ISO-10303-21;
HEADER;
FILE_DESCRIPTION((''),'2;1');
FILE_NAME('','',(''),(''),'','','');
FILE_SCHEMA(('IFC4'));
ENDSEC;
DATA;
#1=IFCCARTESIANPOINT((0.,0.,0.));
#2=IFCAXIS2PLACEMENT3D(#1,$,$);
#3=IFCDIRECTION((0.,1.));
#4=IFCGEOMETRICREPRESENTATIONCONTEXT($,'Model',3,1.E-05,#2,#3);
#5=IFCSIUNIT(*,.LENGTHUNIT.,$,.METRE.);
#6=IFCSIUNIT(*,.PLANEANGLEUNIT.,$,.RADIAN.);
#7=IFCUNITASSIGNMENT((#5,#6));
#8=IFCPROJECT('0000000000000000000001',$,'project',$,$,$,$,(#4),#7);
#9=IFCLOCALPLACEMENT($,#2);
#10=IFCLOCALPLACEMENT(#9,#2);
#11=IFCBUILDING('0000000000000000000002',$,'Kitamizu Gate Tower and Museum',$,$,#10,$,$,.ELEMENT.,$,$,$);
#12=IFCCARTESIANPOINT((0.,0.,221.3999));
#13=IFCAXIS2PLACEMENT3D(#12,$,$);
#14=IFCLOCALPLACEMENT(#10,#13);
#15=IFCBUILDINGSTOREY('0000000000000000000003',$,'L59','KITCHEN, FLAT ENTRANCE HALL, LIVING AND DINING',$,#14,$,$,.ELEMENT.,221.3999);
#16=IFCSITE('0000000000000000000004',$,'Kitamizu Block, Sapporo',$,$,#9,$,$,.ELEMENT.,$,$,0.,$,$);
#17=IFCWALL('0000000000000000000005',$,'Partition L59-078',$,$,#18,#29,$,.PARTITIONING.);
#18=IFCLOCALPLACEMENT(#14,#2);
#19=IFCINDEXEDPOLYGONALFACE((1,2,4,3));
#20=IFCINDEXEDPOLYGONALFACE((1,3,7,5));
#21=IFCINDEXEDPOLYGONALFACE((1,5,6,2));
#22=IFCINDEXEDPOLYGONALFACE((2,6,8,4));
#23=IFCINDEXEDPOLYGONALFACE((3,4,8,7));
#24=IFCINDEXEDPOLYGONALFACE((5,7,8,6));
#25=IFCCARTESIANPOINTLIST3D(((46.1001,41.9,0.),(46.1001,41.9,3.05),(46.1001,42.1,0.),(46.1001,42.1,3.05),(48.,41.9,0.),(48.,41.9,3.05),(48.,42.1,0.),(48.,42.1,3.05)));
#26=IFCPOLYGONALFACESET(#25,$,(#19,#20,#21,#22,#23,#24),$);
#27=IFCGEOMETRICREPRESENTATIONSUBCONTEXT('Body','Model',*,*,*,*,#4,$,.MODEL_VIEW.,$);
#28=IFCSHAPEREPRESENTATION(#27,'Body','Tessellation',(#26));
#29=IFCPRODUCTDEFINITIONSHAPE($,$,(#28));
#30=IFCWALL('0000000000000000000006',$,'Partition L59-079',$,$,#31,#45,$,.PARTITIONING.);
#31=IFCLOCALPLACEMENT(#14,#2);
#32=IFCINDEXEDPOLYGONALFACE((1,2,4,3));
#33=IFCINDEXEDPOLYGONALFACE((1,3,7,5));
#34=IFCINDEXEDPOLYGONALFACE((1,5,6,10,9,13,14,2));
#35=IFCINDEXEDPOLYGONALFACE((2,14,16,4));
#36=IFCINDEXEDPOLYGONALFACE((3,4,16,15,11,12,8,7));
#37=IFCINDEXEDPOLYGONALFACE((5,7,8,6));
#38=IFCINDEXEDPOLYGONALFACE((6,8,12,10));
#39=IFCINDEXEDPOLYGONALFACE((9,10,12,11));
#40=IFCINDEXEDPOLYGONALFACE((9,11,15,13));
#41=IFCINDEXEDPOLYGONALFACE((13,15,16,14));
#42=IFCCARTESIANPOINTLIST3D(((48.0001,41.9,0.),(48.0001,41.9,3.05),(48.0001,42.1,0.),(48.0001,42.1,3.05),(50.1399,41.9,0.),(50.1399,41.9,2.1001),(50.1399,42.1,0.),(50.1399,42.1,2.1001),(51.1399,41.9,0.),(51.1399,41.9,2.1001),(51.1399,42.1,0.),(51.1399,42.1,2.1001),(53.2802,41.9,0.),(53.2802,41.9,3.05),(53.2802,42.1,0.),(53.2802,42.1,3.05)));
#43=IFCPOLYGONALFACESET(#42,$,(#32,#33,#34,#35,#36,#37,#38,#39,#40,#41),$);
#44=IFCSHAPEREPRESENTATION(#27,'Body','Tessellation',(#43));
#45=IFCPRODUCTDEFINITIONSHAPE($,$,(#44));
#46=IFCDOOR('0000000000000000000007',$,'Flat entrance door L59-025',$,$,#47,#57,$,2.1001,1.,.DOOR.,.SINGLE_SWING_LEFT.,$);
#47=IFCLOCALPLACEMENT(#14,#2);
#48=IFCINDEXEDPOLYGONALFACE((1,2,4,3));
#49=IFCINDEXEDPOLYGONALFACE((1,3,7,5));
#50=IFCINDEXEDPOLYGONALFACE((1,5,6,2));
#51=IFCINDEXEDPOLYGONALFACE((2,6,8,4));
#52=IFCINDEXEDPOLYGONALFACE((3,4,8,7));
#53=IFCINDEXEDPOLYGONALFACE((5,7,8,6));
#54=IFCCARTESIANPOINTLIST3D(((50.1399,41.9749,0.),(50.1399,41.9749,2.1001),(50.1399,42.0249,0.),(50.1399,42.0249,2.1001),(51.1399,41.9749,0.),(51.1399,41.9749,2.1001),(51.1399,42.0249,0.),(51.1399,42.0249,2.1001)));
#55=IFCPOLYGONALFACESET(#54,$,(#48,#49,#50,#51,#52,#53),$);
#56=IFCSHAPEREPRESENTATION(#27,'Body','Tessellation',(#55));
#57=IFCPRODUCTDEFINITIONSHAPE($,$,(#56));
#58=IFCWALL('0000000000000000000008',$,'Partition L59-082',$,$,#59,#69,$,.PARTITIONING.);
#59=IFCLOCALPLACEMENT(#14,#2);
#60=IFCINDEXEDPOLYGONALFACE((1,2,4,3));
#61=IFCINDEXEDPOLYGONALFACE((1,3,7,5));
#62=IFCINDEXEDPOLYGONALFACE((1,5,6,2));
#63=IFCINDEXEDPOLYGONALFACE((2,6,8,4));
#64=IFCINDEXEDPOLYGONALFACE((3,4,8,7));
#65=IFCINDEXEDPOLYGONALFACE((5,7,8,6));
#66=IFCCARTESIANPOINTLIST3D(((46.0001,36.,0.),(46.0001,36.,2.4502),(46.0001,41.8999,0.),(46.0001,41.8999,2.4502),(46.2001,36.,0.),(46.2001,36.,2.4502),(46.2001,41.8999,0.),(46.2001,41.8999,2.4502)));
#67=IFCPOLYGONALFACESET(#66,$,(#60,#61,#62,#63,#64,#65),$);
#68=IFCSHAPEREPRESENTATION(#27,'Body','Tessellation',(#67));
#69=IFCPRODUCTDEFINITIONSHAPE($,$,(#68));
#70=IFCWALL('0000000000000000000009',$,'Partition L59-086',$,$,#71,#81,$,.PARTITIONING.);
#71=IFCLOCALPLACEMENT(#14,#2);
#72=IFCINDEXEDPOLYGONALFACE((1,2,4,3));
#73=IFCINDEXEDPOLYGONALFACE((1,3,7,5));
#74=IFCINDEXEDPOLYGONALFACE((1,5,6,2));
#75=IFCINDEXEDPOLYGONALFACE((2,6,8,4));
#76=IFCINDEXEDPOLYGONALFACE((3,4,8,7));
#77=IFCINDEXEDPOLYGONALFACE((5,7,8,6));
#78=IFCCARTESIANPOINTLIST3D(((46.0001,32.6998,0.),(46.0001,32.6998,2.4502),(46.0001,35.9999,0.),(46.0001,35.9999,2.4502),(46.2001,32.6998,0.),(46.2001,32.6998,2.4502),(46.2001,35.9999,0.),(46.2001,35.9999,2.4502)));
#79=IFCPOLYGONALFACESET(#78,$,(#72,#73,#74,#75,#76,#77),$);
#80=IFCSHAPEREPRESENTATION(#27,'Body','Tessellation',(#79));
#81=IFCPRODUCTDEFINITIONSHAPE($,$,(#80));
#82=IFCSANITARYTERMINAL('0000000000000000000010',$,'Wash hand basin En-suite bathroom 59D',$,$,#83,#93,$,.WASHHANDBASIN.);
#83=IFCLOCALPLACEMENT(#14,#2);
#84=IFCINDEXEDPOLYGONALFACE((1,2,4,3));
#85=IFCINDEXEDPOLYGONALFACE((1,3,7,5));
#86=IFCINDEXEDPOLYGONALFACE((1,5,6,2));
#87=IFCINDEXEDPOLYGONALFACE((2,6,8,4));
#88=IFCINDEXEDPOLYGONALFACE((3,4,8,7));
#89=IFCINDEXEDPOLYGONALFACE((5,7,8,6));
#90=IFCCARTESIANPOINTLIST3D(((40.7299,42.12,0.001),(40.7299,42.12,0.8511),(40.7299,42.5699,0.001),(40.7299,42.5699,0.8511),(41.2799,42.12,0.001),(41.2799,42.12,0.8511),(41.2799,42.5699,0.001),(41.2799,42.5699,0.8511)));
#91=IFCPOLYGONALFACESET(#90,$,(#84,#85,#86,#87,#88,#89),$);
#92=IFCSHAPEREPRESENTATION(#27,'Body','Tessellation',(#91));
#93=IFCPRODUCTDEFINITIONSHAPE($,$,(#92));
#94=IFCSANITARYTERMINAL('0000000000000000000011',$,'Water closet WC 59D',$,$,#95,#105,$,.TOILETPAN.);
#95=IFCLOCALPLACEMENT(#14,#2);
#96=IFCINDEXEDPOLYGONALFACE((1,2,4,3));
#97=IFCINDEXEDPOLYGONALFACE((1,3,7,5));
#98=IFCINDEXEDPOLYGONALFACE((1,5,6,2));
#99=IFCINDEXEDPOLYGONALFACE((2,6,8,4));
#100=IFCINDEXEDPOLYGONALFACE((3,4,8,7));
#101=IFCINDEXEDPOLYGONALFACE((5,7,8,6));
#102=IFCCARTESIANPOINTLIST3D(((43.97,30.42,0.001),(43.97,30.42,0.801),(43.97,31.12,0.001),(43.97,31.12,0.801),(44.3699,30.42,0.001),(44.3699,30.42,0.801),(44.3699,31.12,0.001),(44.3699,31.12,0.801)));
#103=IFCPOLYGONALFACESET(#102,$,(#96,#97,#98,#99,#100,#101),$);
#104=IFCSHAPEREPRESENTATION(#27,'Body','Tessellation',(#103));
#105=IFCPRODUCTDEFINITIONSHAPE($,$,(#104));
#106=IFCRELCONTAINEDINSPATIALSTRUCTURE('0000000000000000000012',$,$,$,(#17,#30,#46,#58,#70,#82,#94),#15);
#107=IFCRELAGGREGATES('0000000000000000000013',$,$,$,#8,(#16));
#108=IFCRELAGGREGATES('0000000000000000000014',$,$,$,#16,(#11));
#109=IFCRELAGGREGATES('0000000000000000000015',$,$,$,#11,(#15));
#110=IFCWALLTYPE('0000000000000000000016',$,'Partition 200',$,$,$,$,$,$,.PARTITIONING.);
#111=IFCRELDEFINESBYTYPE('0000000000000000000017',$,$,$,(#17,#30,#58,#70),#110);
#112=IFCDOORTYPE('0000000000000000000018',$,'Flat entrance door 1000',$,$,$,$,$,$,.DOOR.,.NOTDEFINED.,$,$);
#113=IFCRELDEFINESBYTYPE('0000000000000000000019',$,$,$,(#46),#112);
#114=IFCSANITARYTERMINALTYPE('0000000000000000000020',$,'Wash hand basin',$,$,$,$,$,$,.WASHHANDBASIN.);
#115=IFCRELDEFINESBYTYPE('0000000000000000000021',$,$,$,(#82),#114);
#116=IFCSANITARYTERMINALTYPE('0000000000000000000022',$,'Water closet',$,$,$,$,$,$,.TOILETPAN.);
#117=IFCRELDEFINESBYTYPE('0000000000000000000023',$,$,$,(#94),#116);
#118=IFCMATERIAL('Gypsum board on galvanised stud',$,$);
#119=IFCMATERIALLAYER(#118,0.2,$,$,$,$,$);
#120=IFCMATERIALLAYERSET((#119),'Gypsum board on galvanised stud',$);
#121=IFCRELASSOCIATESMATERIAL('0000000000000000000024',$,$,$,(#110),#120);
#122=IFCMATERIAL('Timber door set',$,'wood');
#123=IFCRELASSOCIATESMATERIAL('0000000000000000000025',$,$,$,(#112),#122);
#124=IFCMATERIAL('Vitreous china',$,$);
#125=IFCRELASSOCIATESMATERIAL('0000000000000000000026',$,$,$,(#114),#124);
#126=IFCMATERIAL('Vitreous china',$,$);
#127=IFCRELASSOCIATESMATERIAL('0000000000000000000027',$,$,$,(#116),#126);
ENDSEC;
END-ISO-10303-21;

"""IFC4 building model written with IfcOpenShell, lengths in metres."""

from ifc_helpers import new_model, si_unit, direction, frame, frame_2d, origin, origin_2d, place, context, subcontext, project, spatial, rectangle, extrude, material, layer, layer_set, type_object, element, fill, save


model = new_model("IFC4")

# Units and contexts
model_context = context("Model", 3, precision=1e-05, world=origin(), true_north=direction((0.0, 1.0)))
body_context = subcontext(model_context, "Body", "Model", "MODEL_VIEW")
ifc_project = project(units=[si_unit("LENGTHUNIT", "METRE"), si_unit("PLANEANGLEUNIT", "RADIAN")], contexts=[model_context])

# Site, building, storey
site_placement = place(None, origin())
site = spatial("IfcSite", under=ifc_project, at=site_placement, Name="Kitamizu Block, Sapporo", CompositionType="ELEMENT", RefElevation=0.0)
building_placement = place(site_placement, origin())
building = spatial("IfcBuilding", under=site, at=building_placement, Name="Kitamizu Gate Tower and Museum", CompositionType="ELEMENT")
storey_placement = place(building_placement, frame((0.0, 0.0, 221.3999)))
storey = spatial("IfcBuildingStorey", under=building, at=storey_placement, Name="L59", Description="KITCHEN, FLAT ENTRANCE HALL, LIVING AND DINING", CompositionType="ELEMENT", Elevation=221.3999)

# Wall
ifc_material_1 = material(Name="Gypsum board on galvanised stud")
ifc_layer_1 = layer(ifc_material_1, 0.2)
ifc_layer_set_1 = layer_set([ifc_layer_1], Name="Gypsum board on galvanised stud")
wall_type_1 = type_object("IfcWallType", Name="Partition 200", PredefinedType="PARTITIONING", material=ifc_layer_set_1)
wall_1_placement = place(storey_placement, frame((46.1001, 42.0, 0.0), z_axis=(0.0, 0.0, 1.0), x_axis=(1.0, 0.0, 0.0)))
element("IfcWall", 1, at=wall_1_placement, inside=storey, type_object=wall_type_1, Name="Partition L59-078", PredefinedType="PARTITIONING", context=body_context, shape_type="SweptSolid", body=[
    extrude(rectangle(XDim=1.8999, YDim=0.2, at=frame_2d((0.95, 0.0))), origin(), (0.0, 0.0, 1.0), 3.05),
])

# Wall, opening, door
wall_2_placement = place(storey_placement, frame((48.0, 42.0, 0.0), z_axis=(0.0, 0.0, 1.0), x_axis=(1.0, 0.0, 0.0)))
wall_2 = element("IfcWall", 2, at=wall_2_placement, inside=storey, type_object=wall_type_1, Name="Partition L59-079", PredefinedType="PARTITIONING", context=body_context, shape_type="SweptSolid", body=[
    extrude(rectangle(XDim=5.28, YDim=0.2, at=frame_2d((2.6401, 0.0))), origin(), (0.0, 0.0, 1.0), 3.05),
])
opening_1_placement = place(wall_2_placement, frame((2.1399, 0.0, 0.0)))
opening_1 = element("IfcOpeningElement", 3, at=opening_1_placement, cuts=wall_2, PredefinedType="OPENING", context=body_context, shape_type="SweptSolid", body=[
    extrude(rectangle(XDim=1.0, YDim=2.1001, at=frame_2d((0.5, 1.05))), frame((0.0, 0.1099, 0.0), z_axis=(0.0, -1.0, 0.0), x_axis=(1.0, 0.0, 0.0)), (0.0, 0.0, 1.0), 0.22),
])
ifc_material_2 = material(Name="Timber door set", Category="wood")
door_type_1 = type_object("IfcDoorType", Name="Flat entrance door 1000", OperationType="NOTDEFINED", PredefinedType="DOOR", material=ifc_material_2)
door_1_placement = place(opening_1_placement, origin())
door_1 = element("IfcDoor", 4, at=door_1_placement, inside=storey, type_object=door_type_1, Name="Flat entrance door L59-025", OperationType="SINGLE_SWING_LEFT", OverallHeight=2.1001, OverallWidth=1.0, PredefinedType="DOOR", context=body_context, shape_type="SweptSolid", body=[
    extrude(rectangle(XDim=1.0, YDim=2.1001, at=frame_2d((0.5, 1.05))), frame((0.0, 0.0249, 0.0), z_axis=(0.0, -1.0, 0.0), x_axis=(1.0, 0.0, 0.0)), (0.0, 0.0, 1.0), 0.05),
])
fill(opening_1, door_1)

# Walls
wall_3_placement = place(storey_placement, frame((46.1001, 36.0, 0.0), z_axis=(0.0, 0.0, 1.0), x_axis=(0.0, 1.0, 0.0)))
element("IfcWall", 5, at=wall_3_placement, inside=storey, type_object=wall_type_1, Name="Partition L59-082", PredefinedType="PARTITIONING", context=body_context, shape_type="SweptSolid", body=[
    extrude(rectangle(XDim=5.8999, YDim=0.2, at=frame_2d((2.95, 0.0))), origin(), (0.0, 0.0, 1.0), 2.4502),
])
wall_4_placement = place(storey_placement, frame((46.1001, 32.7, 0.0), z_axis=(0.0, 0.0, 1.0), x_axis=(0.0, 1.0, 0.0)))
element("IfcWall", 6, at=wall_4_placement, inside=storey, type_object=wall_type_1, Name="Partition L59-086", PredefinedType="PARTITIONING", context=body_context, shape_type="SweptSolid", body=[
    extrude(rectangle(XDim=3.3, YDim=0.2, at=frame_2d((1.6499, 0.0))), origin(), (0.0, 0.0, 1.0), 2.4502),
])

# Sanitary terminals
ifc_material_3 = material(Name="Vitreous china")
sanitary_terminal_type_1 = type_object("IfcSanitaryTerminalType", Name="Wash hand basin", PredefinedType="WASHHANDBASIN", material=ifc_material_3)
sanitary_terminal_1_placement = place(storey_placement, frame((41.0049, 42.345, 0.001), z_axis=(0.0, 0.0, 1.0), x_axis=(1.0, 0.0, 0.0)))
element("IfcSanitaryTerminal", 7, at=sanitary_terminal_1_placement, inside=storey, type_object=sanitary_terminal_type_1, Name="Wash hand basin En-suite bathroom 59D", PredefinedType="WASHHANDBASIN", context=body_context, shape_type="SweptSolid", body=[
    extrude(rectangle(XDim=0.55, YDim=0.45, at=origin_2d()), origin(), (0.0, 0.0, 1.0), 0.8501),
])
ifc_material_4 = material(Name="Vitreous china")
sanitary_terminal_type_2 = type_object("IfcSanitaryTerminalType", Name="Water closet", PredefinedType="TOILETPAN", material=ifc_material_4)
sanitary_terminal_2_placement = place(storey_placement, frame((44.1699, 30.77, 0.001), z_axis=(0.0, 0.0, 1.0), x_axis=(1.0, 0.0, 0.0)))
element("IfcSanitaryTerminal", 8, at=sanitary_terminal_2_placement, inside=storey, type_object=sanitary_terminal_type_2, Name="Water closet WC 59D", PredefinedType="TOILETPAN", context=body_context, shape_type="SweptSolid", body=[
    extrude(rectangle(XDim=0.3999, YDim=0.7, at=origin_2d()), origin(), (0.0, 0.0, 1.0), 0.8),
])

save(model, "model.ifc")
